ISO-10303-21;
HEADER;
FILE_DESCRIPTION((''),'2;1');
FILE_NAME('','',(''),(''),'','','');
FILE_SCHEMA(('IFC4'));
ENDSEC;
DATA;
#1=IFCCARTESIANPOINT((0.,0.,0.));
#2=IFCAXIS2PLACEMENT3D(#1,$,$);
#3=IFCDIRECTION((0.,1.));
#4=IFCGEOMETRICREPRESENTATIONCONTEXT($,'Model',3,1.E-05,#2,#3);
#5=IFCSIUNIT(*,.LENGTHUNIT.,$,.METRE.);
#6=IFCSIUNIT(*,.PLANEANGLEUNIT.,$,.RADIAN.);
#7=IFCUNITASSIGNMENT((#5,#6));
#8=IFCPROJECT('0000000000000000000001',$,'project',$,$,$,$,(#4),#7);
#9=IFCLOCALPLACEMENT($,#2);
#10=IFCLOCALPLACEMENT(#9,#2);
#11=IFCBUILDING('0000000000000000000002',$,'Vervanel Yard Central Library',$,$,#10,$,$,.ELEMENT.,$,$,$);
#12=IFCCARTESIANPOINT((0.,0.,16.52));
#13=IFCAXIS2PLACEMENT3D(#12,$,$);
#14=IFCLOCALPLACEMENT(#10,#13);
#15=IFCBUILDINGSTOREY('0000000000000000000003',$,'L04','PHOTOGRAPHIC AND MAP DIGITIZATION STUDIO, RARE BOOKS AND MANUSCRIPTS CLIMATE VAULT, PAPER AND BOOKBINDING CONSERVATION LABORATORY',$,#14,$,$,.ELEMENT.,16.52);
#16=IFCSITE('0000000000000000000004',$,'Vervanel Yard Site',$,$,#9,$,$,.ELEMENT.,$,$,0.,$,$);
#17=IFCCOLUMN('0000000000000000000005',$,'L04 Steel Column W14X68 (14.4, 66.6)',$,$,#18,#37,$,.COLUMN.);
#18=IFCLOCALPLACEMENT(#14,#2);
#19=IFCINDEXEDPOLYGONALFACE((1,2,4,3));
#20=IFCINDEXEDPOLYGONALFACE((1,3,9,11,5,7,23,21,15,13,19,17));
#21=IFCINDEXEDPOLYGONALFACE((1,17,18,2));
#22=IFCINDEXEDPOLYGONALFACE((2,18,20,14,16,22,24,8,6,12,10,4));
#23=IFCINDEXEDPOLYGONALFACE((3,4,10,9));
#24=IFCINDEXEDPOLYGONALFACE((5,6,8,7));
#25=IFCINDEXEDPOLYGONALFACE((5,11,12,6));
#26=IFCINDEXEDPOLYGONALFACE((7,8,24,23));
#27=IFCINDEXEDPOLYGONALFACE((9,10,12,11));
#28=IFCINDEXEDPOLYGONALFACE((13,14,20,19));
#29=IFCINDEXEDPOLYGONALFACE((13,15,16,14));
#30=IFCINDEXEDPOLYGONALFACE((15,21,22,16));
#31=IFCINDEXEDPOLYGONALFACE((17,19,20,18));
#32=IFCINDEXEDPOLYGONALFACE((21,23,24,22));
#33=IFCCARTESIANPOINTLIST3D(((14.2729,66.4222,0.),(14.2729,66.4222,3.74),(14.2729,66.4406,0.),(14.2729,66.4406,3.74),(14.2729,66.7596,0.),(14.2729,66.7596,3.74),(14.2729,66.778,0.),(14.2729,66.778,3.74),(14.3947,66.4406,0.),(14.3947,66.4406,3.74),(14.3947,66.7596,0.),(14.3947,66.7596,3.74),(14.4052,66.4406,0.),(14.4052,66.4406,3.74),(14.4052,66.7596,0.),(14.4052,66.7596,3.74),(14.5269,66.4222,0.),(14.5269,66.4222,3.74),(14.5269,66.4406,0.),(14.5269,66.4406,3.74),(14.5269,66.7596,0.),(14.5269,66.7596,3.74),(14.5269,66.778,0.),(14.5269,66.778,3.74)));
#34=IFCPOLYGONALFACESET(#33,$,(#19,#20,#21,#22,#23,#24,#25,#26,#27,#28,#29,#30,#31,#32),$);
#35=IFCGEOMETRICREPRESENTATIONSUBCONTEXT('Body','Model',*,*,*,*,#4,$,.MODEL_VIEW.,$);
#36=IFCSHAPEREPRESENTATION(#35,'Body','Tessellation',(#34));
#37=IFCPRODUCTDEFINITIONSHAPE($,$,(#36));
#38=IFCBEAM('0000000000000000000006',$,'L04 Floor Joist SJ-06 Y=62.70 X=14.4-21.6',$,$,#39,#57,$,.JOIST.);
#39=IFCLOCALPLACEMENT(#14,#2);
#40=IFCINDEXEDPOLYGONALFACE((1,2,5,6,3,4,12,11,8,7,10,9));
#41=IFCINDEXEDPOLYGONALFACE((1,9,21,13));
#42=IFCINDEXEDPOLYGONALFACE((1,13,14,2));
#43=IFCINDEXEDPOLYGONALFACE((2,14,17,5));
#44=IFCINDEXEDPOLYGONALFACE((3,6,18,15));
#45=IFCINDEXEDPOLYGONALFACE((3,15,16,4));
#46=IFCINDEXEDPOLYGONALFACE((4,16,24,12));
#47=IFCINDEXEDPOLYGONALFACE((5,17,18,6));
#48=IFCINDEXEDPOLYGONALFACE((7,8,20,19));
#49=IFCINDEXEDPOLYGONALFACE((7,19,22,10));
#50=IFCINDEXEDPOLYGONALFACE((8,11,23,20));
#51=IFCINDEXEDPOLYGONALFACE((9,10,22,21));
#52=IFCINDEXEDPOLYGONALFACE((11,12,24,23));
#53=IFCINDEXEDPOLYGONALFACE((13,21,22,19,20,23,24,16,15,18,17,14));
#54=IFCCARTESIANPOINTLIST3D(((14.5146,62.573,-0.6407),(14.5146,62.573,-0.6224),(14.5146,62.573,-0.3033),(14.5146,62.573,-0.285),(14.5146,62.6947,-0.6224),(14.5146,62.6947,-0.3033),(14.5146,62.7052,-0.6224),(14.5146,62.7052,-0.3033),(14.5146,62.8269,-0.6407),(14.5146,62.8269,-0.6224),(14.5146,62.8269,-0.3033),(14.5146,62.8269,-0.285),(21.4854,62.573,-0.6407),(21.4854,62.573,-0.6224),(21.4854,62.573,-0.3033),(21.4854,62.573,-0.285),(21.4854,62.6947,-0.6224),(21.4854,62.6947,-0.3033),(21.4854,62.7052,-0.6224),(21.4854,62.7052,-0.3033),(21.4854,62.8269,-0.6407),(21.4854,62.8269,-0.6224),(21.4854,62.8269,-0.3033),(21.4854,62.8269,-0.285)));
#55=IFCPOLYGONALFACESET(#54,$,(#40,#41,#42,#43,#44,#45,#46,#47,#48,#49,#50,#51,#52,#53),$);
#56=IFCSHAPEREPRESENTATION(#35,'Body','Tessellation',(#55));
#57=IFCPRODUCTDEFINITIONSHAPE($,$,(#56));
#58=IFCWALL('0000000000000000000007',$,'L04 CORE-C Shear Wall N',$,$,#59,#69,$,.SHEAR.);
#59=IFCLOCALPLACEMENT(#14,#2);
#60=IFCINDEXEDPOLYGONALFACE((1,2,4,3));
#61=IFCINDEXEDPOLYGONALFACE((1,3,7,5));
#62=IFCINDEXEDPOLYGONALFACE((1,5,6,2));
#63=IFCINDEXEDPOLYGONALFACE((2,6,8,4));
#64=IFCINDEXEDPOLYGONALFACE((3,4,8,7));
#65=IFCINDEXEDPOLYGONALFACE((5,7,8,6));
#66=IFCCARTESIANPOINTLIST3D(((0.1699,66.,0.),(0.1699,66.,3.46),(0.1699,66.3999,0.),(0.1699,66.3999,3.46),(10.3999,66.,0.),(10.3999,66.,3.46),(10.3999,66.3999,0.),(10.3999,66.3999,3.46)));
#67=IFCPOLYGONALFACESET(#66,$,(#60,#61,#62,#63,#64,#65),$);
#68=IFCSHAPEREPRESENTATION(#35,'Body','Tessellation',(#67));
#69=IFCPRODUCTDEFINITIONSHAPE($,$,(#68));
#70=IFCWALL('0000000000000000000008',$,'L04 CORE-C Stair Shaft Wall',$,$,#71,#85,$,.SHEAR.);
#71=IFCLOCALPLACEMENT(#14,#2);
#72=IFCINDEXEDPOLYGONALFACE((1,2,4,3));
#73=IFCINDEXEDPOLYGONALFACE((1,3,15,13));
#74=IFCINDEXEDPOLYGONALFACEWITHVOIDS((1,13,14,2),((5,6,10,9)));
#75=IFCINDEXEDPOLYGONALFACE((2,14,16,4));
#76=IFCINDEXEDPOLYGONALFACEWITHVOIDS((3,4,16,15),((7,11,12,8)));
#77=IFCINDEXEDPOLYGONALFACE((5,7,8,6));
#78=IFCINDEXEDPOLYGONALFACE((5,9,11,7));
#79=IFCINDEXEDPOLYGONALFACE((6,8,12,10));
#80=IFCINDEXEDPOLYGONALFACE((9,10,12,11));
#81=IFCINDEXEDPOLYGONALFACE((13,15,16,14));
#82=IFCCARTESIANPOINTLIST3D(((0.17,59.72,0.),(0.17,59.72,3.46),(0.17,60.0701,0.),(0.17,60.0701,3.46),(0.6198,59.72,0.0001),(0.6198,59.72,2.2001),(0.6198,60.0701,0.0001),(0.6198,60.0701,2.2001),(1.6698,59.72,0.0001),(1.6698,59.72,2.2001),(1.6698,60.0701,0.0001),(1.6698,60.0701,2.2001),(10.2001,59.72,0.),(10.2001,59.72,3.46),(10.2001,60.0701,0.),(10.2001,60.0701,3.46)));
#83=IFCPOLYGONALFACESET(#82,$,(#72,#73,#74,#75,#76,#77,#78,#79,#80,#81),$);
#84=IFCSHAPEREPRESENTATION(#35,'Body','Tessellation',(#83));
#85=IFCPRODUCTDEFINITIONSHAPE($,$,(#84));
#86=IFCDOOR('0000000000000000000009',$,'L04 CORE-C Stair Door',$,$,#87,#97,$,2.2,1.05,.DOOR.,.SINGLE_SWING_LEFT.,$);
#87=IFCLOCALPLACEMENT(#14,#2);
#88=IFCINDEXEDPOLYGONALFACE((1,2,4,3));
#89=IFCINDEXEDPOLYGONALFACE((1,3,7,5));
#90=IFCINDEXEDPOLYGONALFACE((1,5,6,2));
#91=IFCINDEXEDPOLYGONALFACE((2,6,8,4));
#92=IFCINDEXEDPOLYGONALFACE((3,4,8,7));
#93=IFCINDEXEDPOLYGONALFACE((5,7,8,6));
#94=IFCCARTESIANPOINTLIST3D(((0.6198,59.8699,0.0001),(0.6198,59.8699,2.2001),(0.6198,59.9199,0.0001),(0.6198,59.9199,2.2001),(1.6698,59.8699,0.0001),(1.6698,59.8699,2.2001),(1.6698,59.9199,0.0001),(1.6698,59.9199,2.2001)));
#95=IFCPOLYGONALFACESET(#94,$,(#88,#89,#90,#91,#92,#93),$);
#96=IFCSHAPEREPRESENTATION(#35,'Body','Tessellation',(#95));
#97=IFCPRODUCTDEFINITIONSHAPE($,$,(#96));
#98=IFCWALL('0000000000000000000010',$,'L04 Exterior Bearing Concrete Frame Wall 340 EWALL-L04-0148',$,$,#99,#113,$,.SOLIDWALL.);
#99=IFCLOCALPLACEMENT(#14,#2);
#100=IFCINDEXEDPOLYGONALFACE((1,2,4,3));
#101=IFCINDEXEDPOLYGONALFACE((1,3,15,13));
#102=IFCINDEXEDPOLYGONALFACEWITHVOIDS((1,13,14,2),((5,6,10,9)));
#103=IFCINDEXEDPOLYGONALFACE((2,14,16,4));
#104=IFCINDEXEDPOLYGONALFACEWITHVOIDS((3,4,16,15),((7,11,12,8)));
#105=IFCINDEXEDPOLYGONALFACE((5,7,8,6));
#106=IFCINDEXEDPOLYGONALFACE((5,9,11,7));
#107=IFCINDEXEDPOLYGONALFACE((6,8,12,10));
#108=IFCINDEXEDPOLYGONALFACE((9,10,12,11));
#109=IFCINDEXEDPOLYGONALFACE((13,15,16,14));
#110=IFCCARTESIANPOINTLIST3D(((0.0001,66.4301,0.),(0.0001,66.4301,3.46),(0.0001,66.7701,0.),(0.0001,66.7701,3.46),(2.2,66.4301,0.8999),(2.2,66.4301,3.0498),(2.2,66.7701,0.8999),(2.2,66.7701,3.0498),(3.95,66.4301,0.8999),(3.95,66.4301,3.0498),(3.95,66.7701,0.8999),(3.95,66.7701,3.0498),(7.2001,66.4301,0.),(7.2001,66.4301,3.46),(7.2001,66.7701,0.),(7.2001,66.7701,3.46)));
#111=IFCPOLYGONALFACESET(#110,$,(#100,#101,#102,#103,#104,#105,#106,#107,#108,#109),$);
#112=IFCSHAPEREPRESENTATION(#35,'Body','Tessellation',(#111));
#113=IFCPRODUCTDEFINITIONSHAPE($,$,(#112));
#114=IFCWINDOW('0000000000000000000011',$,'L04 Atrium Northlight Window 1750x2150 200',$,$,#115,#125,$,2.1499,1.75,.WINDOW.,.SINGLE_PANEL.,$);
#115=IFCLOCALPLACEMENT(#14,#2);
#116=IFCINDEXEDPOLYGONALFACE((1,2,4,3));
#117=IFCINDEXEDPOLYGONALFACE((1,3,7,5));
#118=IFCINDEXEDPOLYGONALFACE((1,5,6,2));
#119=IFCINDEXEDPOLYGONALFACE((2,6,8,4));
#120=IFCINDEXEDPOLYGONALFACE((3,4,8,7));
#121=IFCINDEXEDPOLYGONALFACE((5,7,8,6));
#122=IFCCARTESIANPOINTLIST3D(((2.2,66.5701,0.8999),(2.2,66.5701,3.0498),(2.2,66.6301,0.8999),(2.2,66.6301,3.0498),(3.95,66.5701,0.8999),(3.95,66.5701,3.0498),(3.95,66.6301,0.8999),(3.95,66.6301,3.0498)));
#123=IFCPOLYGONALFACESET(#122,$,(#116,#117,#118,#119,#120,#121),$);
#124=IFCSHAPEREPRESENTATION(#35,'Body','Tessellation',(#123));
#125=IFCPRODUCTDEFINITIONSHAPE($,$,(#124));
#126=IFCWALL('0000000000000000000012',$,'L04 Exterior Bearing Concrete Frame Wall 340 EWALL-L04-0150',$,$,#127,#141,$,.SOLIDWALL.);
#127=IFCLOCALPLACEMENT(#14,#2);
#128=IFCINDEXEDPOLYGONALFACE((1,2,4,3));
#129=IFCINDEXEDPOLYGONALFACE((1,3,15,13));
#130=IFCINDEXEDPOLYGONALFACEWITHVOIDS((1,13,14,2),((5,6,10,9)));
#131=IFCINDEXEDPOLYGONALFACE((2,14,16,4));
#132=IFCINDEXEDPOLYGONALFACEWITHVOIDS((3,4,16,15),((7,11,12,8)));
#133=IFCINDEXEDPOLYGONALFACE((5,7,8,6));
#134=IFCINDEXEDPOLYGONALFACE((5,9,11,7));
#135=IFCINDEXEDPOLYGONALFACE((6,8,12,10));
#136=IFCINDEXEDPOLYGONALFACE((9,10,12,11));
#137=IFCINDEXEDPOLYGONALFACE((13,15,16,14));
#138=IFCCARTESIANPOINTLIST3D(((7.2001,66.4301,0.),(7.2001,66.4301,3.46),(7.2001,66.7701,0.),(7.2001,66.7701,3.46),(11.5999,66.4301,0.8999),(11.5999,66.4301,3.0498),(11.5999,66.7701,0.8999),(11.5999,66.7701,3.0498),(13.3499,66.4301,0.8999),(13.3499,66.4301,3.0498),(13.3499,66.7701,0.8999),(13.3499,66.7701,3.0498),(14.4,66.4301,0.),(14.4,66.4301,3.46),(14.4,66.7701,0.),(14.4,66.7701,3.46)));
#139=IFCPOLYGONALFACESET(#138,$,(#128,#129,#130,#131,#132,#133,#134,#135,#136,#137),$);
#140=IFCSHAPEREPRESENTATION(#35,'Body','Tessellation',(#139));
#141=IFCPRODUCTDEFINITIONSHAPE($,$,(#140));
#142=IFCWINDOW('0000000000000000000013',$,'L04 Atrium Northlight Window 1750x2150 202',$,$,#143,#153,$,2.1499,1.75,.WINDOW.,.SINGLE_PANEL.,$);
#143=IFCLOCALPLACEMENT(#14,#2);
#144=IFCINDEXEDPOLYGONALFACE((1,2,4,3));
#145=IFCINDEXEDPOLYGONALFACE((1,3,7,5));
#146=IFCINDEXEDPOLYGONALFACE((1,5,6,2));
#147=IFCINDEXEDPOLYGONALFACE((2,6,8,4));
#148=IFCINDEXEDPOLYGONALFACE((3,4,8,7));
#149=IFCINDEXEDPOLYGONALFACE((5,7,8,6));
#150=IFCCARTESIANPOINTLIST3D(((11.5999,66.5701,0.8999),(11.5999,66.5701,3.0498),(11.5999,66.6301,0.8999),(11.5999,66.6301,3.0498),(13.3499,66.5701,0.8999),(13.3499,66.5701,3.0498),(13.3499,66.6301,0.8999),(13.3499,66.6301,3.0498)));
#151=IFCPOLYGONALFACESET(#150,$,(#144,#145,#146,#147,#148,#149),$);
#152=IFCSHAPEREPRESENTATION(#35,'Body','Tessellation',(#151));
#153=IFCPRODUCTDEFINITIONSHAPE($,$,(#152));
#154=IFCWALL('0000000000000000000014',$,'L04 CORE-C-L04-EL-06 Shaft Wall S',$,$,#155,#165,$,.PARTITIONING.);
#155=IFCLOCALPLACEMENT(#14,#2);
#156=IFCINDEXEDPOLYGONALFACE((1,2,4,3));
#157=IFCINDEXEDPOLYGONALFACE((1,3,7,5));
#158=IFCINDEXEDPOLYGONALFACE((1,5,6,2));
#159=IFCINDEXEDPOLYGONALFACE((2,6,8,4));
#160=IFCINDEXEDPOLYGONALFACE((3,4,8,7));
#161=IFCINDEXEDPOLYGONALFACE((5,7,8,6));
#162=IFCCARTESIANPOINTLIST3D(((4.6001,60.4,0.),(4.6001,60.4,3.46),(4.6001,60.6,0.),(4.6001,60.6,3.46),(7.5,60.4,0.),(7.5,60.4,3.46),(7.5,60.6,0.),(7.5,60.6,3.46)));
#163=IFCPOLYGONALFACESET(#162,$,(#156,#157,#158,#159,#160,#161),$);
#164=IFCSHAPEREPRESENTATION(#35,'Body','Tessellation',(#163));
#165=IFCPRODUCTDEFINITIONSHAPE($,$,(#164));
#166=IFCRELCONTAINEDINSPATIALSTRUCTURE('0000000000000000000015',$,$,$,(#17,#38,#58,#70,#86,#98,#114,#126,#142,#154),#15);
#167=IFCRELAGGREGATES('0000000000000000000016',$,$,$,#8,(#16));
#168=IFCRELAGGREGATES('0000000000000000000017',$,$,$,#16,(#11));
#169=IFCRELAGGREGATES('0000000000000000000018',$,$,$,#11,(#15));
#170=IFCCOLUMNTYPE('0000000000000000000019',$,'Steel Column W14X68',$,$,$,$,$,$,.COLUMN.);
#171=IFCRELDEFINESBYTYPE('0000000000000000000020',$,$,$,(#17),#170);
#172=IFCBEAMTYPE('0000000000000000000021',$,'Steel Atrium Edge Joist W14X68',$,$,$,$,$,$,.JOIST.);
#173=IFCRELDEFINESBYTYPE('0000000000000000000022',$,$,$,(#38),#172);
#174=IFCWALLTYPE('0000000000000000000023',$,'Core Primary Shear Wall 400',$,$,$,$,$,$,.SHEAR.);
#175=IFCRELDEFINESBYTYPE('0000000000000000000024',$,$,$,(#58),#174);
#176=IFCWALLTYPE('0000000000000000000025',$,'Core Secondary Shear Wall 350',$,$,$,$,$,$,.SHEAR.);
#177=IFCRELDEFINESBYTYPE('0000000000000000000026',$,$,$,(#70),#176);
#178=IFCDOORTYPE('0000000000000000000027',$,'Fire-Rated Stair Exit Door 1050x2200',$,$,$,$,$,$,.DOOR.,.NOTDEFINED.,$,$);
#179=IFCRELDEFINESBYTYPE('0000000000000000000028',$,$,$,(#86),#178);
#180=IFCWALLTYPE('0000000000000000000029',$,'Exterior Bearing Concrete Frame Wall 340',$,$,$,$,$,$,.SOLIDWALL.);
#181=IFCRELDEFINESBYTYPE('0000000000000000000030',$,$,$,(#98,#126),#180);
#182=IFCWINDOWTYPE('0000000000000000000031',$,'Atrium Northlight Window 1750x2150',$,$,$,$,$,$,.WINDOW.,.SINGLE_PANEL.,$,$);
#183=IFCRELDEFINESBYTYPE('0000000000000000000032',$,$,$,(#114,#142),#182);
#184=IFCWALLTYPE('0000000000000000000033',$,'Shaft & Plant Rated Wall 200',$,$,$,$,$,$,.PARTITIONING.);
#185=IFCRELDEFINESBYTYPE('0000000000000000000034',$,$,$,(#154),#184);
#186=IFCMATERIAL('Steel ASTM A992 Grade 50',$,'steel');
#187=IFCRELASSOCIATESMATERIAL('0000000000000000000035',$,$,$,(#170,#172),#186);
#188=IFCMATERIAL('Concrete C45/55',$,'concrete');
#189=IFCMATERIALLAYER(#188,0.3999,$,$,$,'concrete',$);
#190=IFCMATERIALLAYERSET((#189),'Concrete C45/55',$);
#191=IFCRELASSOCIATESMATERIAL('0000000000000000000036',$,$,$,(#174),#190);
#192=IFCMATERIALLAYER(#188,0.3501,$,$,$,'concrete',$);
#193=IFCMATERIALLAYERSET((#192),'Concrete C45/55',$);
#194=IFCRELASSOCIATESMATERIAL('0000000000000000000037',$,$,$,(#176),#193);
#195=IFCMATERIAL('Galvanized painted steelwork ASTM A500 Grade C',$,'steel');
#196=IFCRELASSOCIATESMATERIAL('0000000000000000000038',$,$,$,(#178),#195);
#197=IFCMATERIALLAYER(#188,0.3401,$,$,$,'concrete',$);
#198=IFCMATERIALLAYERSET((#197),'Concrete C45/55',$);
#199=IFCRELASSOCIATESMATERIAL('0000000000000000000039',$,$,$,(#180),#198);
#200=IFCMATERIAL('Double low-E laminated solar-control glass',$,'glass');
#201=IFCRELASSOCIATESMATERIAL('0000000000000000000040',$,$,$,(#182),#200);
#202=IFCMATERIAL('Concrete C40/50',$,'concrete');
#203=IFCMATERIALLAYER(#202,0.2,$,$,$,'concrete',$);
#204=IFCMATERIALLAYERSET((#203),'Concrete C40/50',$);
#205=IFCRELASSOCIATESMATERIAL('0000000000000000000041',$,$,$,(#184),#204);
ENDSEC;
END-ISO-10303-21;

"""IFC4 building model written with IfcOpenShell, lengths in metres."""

from ifc_helpers import new_model, si_unit, direction, frame, frame_2d, origin, origin_2d, place, context, subcontext, project, spatial, rectangle, i_section, extrude, material, layer, layer_set, material_profile, profile_set, type_object, element, fill, save


model = new_model("IFC4")

# Units and contexts
model_context = context("Model", 3, precision=1e-05, world=origin(), true_north=direction((0.0, 1.0)))
body_context = subcontext(model_context, "Body", "Model", "MODEL_VIEW")
ifc_project = project(units=[si_unit("LENGTHUNIT", "METRE"), si_unit("PLANEANGLEUNIT", "RADIAN")], contexts=[model_context])

# Site, building, storey
site_placement = place(None, origin())
site = spatial("IfcSite", under=ifc_project, at=site_placement, Name="Vervanel Yard Site", CompositionType="ELEMENT", RefElevation=0.0)
building_placement = place(site_placement, origin())
building = spatial("IfcBuilding", under=site, at=building_placement, Name="Vervanel Yard Central Library", CompositionType="ELEMENT")
storey_placement = place(building_placement, frame((0.0, 0.0, 16.52)))
storey = spatial("IfcBuildingStorey", under=building, at=storey_placement, Name="L04", Description="PHOTOGRAPHIC AND MAP DIGITIZATION STUDIO, RARE BOOKS AND MANUSCRIPTS CLIMATE VAULT, PAPER AND BOOKBINDING CONSERVATION LABORATORY", CompositionType="ELEMENT", Elevation=16.52)

# Column
ifc_material_1 = material(Name="Steel ASTM A992 Grade 50", Category="steel")
ifc_material_profile_1 = material_profile(ifc_material_1, i_section(OverallWidth=0.2539, OverallDepth=0.3557, WebThickness=0.0105, FlangeThickness=0.0183, at=origin_2d()), Name="W14X68", Category="steel")
ifc_profile_set_1 = profile_set([ifc_material_profile_1], Name="Steel ASTM A992 Grade 50")
column_type = type_object("IfcColumnType", Name="Steel Column W14X68", PredefinedType="COLUMN", material=ifc_profile_set_1)
column_placement = place(storey_placement, frame((14.3999, 66.6001, 0.0), z_axis=(0.0, 0.0, 1.0), x_axis=(1.0, 0.0, 0.0)))
element("IfcColumn", 1, at=column_placement, inside=storey, type_object=column_type, Name="L04 Steel Column W14X68 (14.4, 66.6)", PredefinedType="COLUMN", context=body_context, shape_type="SweptSolid", body=[
    extrude(i_section(OverallWidth=0.2539, OverallDepth=0.3557, WebThickness=0.0105, FlangeThickness=0.0183, at=origin_2d()), origin(), (0.0, 0.0, 1.0), 3.74),
])

# Beam
ifc_material_profile_2 = material_profile(ifc_material_1, i_section(OverallWidth=0.2539, OverallDepth=0.3557, WebThickness=0.0105, FlangeThickness=0.0183, at=origin_2d()), Name="W14X68", Category="steel")
ifc_profile_set_2 = profile_set([ifc_material_profile_2], Name="Steel ASTM A992 Grade 50")
beam_type = type_object("IfcBeamType", Name="Steel Atrium Edge Joist W14X68", PredefinedType="JOIST", material=ifc_profile_set_2)
beam_placement = place(storey_placement, frame((14.5146, 62.7, -0.4629), z_axis=(1.0, 0.0, 0.0), x_axis=(0.0, 1.0, 0.0)))
element("IfcBeam", 2, at=beam_placement, inside=storey, type_object=beam_type, Name="L04 Floor Joist SJ-06 Y=62.70 X=14.4-21.6", PredefinedType="JOIST", context=body_context, shape_type="SweptSolid", body=[
    extrude(i_section(OverallWidth=0.2539, OverallDepth=0.3557, WebThickness=0.0105, FlangeThickness=0.0183, at=origin_2d()), origin(), (0.0, 0.0, 1.0), 6.9707),
])

# Wall
ifc_material_2 = material(Name="Concrete C45/55", Category="concrete")
ifc_layer_1 = layer(ifc_material_2, 0.3999, Category="concrete")
ifc_layer_set_1 = layer_set([ifc_layer_1], Name="Concrete C45/55")
wall_type_1 = type_object("IfcWallType", Name="Core Primary Shear Wall 400", PredefinedType="SHEAR", material=ifc_layer_set_1)
wall_1_placement = place(storey_placement, frame((0.1699, 66.2, 0.0), z_axis=(0.0, 0.0, 1.0), x_axis=(1.0, 0.0, 0.0)))
element("IfcWall", 3, at=wall_1_placement, inside=storey, type_object=wall_type_1, Name="L04 CORE-C Shear Wall N", PredefinedType="SHEAR", context=body_context, shape_type="SweptSolid", body=[
    extrude(rectangle(XDim=10.23, YDim=0.3999, at=frame_2d((5.115, 0.0))), origin(), (0.0, 0.0, 1.0), 3.46),
])

# Wall, opening, door
ifc_layer_2 = layer(ifc_material_2, 0.3501, Category="concrete")
ifc_layer_set_2 = layer_set([ifc_layer_2], Name="Concrete C45/55")
wall_type_2 = type_object("IfcWallType", Name="Core Secondary Shear Wall 350", PredefinedType="SHEAR", material=ifc_layer_set_2)
wall_2_placement = place(storey_placement, frame((0.1699, 59.895, 0.0), z_axis=(0.0, 0.0, 1.0), x_axis=(1.0, 0.0, 0.0)))
wall_2 = element("IfcWall", 4, at=wall_2_placement, inside=storey, type_object=wall_type_2, Name="L04 CORE-C Stair Shaft Wall", PredefinedType="SHEAR", context=body_context, shape_type="SweptSolid", body=[
    extrude(rectangle(XDim=10.03, YDim=0.3501, at=frame_2d((5.0151, 0.0))), origin(), (0.0, 0.0, 1.0), 3.46),
])
opening_1_placement = place(wall_2_placement, frame((0.45, 0.0, 0.0)))
opening_1 = element("IfcOpeningElement", 5, at=opening_1_placement, cuts=wall_2, PredefinedType="OPENING", context=body_context, shape_type="SweptSolid", body=[
    extrude(rectangle(XDim=1.05, YDim=2.2, at=frame_2d((0.5249, 1.1001))), frame((0.0, 0.1851, 0.0), z_axis=(0.0, -1.0, 0.0), x_axis=(1.0, 0.0, 0.0)), (0.0, 0.0, 1.0), 0.3701),
])
ifc_material_3 = material(Name="Galvanized painted steelwork ASTM A500 Grade C", Category="steel")
door_type_1 = type_object("IfcDoorType", Name="Fire-Rated Stair Exit Door 1050x2200", OperationType="NOTDEFINED", PredefinedType="DOOR", material=ifc_material_3)
door_1_placement = place(opening_1_placement, origin())
door_1 = element("IfcDoor", 6, at=door_1_placement, inside=storey, type_object=door_type_1, Name="L04 CORE-C Stair Door", OperationType="SINGLE_SWING_LEFT", OverallHeight=2.2, OverallWidth=1.05, PredefinedType="DOOR", context=body_context, shape_type="SweptSolid", body=[
    extrude(rectangle(XDim=1.05, YDim=2.2, at=frame_2d((0.5249, 1.1001))), frame((0.0, 0.0249, 0.0), z_axis=(0.0, -1.0, 0.0), x_axis=(1.0, 0.0, 0.0)), (0.0, 0.0, 1.0), 0.05),
])
fill(opening_1, door_1)

# Walls, openings, windows
ifc_layer_3 = layer(ifc_material_2, 0.3401, Category="concrete")
ifc_layer_set_3 = layer_set([ifc_layer_3], Name="Concrete C45/55")
wall_type_3 = type_object("IfcWallType", Name="Exterior Bearing Concrete Frame Wall 340", PredefinedType="SOLIDWALL", material=ifc_layer_set_3)
wall_3_placement = place(storey_placement, frame((0.0, 66.6001, 0.0), z_axis=(0.0, 0.0, 1.0), x_axis=(1.0, 0.0, 0.0)))
wall_3 = element("IfcWall", 7, at=wall_3_placement, inside=storey, type_object=wall_type_3, Name="L04 Exterior Bearing Concrete Frame Wall 340 EWALL-L04-0148", PredefinedType="SOLIDWALL", context=body_context, shape_type="SweptSolid", body=[
    extrude(rectangle(XDim=7.2, YDim=0.3401, at=frame_2d((3.6001, 0.0))), origin(), (0.0, 0.0, 1.0), 3.46),
])
opening_2_placement = place(wall_3_placement, frame((2.2, 0.0, 0.8999)))
opening_2 = element("IfcOpeningElement", 8, at=opening_2_placement, cuts=wall_3, PredefinedType="OPENING", context=body_context, shape_type="SweptSolid", body=[
    extrude(rectangle(XDim=1.75, YDim=2.1499, at=frame_2d((0.875, 1.075))), frame((0.0, 0.1799, 0.0), z_axis=(0.0, -1.0, 0.0), x_axis=(1.0, 0.0, 0.0)), (0.0, 0.0, 1.0), 0.3601),
])
ifc_material_4 = material(Name="Double low-E laminated solar-control glass", Category="glass")
window_type = type_object("IfcWindowType", Name="Atrium Northlight Window 1750x2150", PartitioningType="SINGLE_PANEL", PredefinedType="WINDOW", material=ifc_material_4)
window_1_placement = place(opening_2_placement, origin())
window_1 = element("IfcWindow", 9, at=window_1_placement, inside=storey, type_object=window_type, Name="L04 Atrium Northlight Window 1750x2150 200", OverallHeight=2.1499, OverallWidth=1.75, PartitioningType="SINGLE_PANEL", PredefinedType="WINDOW", context=body_context, shape_type="SweptSolid", body=[
    extrude(rectangle(XDim=1.75, YDim=2.1499, at=frame_2d((0.875, 1.075))), frame((0.0, 0.03, 0.0), z_axis=(0.0, -1.0, 0.0), x_axis=(1.0, 0.0, 0.0)), (0.0, 0.0, 1.0), 0.0601),
])
fill(opening_2, window_1)
wall_4_placement = place(storey_placement, frame((7.2, 66.6001, 0.0), z_axis=(0.0, 0.0, 1.0), x_axis=(1.0, 0.0, 0.0)))
wall_4 = element("IfcWall", 10, at=wall_4_placement, inside=storey, type_object=wall_type_3, Name="L04 Exterior Bearing Concrete Frame Wall 340 EWALL-L04-0150", PredefinedType="SOLIDWALL", context=body_context, shape_type="SweptSolid", body=[
    extrude(rectangle(XDim=7.2, YDim=0.3401, at=frame_2d((3.6001, 0.0))), origin(), (0.0, 0.0, 1.0), 3.46),
])
opening_3_placement = place(wall_4_placement, frame((4.3999, 0.0, 0.8999)))
opening_3 = element("IfcOpeningElement", 11, at=opening_3_placement, cuts=wall_4, PredefinedType="OPENING", context=body_context, shape_type="SweptSolid", body=[
    extrude(rectangle(XDim=1.75, YDim=2.1499, at=frame_2d((0.875, 1.075))), frame((0.0, 0.1799, 0.0), z_axis=(0.0, -1.0, 0.0), x_axis=(1.0, 0.0, 0.0)), (0.0, 0.0, 1.0), 0.3601),
])
window_2_placement = place(opening_3_placement, origin())
window_2 = element("IfcWindow", 12, at=window_2_placement, inside=storey, type_object=window_type, Name="L04 Atrium Northlight Window 1750x2150 202", OverallHeight=2.1499, OverallWidth=1.75, PartitioningType="SINGLE_PANEL", PredefinedType="WINDOW", context=body_context, shape_type="SweptSolid", body=[
    extrude(rectangle(XDim=1.75, YDim=2.1499, at=frame_2d((0.875, 1.075))), frame((0.0, 0.03, 0.0), z_axis=(0.0, -1.0, 0.0), x_axis=(1.0, 0.0, 0.0)), (0.0, 0.0, 1.0), 0.0601),
])
fill(opening_3, window_2)

# Wall
ifc_material_5 = material(Name="Concrete C40/50", Category="concrete")
ifc_layer_4 = layer(ifc_material_5, 0.2, Category="concrete")
ifc_layer_set_4 = layer_set([ifc_layer_4], Name="Concrete C40/50")
wall_type_4 = type_object("IfcWallType", Name="Shaft & Plant Rated Wall 200", PredefinedType="PARTITIONING", material=ifc_layer_set_4)
wall_5_placement = place(storey_placement, frame((4.6001, 60.5, 0.0), z_axis=(0.0, 0.0, 1.0), x_axis=(1.0, 0.0, 0.0)))
element("IfcWall", 13, at=wall_5_placement, inside=storey, type_object=wall_type_4, Name="L04 CORE-C-L04-EL-06 Shaft Wall S", PredefinedType="PARTITIONING", context=body_context, shape_type="SweptSolid", body=[
    extrude(rectangle(XDim=2.8999, YDim=0.2, at=frame_2d((1.45, 0.0))), origin(), (0.0, 0.0, 1.0), 3.46),
])

save(model, "model.ifc")
